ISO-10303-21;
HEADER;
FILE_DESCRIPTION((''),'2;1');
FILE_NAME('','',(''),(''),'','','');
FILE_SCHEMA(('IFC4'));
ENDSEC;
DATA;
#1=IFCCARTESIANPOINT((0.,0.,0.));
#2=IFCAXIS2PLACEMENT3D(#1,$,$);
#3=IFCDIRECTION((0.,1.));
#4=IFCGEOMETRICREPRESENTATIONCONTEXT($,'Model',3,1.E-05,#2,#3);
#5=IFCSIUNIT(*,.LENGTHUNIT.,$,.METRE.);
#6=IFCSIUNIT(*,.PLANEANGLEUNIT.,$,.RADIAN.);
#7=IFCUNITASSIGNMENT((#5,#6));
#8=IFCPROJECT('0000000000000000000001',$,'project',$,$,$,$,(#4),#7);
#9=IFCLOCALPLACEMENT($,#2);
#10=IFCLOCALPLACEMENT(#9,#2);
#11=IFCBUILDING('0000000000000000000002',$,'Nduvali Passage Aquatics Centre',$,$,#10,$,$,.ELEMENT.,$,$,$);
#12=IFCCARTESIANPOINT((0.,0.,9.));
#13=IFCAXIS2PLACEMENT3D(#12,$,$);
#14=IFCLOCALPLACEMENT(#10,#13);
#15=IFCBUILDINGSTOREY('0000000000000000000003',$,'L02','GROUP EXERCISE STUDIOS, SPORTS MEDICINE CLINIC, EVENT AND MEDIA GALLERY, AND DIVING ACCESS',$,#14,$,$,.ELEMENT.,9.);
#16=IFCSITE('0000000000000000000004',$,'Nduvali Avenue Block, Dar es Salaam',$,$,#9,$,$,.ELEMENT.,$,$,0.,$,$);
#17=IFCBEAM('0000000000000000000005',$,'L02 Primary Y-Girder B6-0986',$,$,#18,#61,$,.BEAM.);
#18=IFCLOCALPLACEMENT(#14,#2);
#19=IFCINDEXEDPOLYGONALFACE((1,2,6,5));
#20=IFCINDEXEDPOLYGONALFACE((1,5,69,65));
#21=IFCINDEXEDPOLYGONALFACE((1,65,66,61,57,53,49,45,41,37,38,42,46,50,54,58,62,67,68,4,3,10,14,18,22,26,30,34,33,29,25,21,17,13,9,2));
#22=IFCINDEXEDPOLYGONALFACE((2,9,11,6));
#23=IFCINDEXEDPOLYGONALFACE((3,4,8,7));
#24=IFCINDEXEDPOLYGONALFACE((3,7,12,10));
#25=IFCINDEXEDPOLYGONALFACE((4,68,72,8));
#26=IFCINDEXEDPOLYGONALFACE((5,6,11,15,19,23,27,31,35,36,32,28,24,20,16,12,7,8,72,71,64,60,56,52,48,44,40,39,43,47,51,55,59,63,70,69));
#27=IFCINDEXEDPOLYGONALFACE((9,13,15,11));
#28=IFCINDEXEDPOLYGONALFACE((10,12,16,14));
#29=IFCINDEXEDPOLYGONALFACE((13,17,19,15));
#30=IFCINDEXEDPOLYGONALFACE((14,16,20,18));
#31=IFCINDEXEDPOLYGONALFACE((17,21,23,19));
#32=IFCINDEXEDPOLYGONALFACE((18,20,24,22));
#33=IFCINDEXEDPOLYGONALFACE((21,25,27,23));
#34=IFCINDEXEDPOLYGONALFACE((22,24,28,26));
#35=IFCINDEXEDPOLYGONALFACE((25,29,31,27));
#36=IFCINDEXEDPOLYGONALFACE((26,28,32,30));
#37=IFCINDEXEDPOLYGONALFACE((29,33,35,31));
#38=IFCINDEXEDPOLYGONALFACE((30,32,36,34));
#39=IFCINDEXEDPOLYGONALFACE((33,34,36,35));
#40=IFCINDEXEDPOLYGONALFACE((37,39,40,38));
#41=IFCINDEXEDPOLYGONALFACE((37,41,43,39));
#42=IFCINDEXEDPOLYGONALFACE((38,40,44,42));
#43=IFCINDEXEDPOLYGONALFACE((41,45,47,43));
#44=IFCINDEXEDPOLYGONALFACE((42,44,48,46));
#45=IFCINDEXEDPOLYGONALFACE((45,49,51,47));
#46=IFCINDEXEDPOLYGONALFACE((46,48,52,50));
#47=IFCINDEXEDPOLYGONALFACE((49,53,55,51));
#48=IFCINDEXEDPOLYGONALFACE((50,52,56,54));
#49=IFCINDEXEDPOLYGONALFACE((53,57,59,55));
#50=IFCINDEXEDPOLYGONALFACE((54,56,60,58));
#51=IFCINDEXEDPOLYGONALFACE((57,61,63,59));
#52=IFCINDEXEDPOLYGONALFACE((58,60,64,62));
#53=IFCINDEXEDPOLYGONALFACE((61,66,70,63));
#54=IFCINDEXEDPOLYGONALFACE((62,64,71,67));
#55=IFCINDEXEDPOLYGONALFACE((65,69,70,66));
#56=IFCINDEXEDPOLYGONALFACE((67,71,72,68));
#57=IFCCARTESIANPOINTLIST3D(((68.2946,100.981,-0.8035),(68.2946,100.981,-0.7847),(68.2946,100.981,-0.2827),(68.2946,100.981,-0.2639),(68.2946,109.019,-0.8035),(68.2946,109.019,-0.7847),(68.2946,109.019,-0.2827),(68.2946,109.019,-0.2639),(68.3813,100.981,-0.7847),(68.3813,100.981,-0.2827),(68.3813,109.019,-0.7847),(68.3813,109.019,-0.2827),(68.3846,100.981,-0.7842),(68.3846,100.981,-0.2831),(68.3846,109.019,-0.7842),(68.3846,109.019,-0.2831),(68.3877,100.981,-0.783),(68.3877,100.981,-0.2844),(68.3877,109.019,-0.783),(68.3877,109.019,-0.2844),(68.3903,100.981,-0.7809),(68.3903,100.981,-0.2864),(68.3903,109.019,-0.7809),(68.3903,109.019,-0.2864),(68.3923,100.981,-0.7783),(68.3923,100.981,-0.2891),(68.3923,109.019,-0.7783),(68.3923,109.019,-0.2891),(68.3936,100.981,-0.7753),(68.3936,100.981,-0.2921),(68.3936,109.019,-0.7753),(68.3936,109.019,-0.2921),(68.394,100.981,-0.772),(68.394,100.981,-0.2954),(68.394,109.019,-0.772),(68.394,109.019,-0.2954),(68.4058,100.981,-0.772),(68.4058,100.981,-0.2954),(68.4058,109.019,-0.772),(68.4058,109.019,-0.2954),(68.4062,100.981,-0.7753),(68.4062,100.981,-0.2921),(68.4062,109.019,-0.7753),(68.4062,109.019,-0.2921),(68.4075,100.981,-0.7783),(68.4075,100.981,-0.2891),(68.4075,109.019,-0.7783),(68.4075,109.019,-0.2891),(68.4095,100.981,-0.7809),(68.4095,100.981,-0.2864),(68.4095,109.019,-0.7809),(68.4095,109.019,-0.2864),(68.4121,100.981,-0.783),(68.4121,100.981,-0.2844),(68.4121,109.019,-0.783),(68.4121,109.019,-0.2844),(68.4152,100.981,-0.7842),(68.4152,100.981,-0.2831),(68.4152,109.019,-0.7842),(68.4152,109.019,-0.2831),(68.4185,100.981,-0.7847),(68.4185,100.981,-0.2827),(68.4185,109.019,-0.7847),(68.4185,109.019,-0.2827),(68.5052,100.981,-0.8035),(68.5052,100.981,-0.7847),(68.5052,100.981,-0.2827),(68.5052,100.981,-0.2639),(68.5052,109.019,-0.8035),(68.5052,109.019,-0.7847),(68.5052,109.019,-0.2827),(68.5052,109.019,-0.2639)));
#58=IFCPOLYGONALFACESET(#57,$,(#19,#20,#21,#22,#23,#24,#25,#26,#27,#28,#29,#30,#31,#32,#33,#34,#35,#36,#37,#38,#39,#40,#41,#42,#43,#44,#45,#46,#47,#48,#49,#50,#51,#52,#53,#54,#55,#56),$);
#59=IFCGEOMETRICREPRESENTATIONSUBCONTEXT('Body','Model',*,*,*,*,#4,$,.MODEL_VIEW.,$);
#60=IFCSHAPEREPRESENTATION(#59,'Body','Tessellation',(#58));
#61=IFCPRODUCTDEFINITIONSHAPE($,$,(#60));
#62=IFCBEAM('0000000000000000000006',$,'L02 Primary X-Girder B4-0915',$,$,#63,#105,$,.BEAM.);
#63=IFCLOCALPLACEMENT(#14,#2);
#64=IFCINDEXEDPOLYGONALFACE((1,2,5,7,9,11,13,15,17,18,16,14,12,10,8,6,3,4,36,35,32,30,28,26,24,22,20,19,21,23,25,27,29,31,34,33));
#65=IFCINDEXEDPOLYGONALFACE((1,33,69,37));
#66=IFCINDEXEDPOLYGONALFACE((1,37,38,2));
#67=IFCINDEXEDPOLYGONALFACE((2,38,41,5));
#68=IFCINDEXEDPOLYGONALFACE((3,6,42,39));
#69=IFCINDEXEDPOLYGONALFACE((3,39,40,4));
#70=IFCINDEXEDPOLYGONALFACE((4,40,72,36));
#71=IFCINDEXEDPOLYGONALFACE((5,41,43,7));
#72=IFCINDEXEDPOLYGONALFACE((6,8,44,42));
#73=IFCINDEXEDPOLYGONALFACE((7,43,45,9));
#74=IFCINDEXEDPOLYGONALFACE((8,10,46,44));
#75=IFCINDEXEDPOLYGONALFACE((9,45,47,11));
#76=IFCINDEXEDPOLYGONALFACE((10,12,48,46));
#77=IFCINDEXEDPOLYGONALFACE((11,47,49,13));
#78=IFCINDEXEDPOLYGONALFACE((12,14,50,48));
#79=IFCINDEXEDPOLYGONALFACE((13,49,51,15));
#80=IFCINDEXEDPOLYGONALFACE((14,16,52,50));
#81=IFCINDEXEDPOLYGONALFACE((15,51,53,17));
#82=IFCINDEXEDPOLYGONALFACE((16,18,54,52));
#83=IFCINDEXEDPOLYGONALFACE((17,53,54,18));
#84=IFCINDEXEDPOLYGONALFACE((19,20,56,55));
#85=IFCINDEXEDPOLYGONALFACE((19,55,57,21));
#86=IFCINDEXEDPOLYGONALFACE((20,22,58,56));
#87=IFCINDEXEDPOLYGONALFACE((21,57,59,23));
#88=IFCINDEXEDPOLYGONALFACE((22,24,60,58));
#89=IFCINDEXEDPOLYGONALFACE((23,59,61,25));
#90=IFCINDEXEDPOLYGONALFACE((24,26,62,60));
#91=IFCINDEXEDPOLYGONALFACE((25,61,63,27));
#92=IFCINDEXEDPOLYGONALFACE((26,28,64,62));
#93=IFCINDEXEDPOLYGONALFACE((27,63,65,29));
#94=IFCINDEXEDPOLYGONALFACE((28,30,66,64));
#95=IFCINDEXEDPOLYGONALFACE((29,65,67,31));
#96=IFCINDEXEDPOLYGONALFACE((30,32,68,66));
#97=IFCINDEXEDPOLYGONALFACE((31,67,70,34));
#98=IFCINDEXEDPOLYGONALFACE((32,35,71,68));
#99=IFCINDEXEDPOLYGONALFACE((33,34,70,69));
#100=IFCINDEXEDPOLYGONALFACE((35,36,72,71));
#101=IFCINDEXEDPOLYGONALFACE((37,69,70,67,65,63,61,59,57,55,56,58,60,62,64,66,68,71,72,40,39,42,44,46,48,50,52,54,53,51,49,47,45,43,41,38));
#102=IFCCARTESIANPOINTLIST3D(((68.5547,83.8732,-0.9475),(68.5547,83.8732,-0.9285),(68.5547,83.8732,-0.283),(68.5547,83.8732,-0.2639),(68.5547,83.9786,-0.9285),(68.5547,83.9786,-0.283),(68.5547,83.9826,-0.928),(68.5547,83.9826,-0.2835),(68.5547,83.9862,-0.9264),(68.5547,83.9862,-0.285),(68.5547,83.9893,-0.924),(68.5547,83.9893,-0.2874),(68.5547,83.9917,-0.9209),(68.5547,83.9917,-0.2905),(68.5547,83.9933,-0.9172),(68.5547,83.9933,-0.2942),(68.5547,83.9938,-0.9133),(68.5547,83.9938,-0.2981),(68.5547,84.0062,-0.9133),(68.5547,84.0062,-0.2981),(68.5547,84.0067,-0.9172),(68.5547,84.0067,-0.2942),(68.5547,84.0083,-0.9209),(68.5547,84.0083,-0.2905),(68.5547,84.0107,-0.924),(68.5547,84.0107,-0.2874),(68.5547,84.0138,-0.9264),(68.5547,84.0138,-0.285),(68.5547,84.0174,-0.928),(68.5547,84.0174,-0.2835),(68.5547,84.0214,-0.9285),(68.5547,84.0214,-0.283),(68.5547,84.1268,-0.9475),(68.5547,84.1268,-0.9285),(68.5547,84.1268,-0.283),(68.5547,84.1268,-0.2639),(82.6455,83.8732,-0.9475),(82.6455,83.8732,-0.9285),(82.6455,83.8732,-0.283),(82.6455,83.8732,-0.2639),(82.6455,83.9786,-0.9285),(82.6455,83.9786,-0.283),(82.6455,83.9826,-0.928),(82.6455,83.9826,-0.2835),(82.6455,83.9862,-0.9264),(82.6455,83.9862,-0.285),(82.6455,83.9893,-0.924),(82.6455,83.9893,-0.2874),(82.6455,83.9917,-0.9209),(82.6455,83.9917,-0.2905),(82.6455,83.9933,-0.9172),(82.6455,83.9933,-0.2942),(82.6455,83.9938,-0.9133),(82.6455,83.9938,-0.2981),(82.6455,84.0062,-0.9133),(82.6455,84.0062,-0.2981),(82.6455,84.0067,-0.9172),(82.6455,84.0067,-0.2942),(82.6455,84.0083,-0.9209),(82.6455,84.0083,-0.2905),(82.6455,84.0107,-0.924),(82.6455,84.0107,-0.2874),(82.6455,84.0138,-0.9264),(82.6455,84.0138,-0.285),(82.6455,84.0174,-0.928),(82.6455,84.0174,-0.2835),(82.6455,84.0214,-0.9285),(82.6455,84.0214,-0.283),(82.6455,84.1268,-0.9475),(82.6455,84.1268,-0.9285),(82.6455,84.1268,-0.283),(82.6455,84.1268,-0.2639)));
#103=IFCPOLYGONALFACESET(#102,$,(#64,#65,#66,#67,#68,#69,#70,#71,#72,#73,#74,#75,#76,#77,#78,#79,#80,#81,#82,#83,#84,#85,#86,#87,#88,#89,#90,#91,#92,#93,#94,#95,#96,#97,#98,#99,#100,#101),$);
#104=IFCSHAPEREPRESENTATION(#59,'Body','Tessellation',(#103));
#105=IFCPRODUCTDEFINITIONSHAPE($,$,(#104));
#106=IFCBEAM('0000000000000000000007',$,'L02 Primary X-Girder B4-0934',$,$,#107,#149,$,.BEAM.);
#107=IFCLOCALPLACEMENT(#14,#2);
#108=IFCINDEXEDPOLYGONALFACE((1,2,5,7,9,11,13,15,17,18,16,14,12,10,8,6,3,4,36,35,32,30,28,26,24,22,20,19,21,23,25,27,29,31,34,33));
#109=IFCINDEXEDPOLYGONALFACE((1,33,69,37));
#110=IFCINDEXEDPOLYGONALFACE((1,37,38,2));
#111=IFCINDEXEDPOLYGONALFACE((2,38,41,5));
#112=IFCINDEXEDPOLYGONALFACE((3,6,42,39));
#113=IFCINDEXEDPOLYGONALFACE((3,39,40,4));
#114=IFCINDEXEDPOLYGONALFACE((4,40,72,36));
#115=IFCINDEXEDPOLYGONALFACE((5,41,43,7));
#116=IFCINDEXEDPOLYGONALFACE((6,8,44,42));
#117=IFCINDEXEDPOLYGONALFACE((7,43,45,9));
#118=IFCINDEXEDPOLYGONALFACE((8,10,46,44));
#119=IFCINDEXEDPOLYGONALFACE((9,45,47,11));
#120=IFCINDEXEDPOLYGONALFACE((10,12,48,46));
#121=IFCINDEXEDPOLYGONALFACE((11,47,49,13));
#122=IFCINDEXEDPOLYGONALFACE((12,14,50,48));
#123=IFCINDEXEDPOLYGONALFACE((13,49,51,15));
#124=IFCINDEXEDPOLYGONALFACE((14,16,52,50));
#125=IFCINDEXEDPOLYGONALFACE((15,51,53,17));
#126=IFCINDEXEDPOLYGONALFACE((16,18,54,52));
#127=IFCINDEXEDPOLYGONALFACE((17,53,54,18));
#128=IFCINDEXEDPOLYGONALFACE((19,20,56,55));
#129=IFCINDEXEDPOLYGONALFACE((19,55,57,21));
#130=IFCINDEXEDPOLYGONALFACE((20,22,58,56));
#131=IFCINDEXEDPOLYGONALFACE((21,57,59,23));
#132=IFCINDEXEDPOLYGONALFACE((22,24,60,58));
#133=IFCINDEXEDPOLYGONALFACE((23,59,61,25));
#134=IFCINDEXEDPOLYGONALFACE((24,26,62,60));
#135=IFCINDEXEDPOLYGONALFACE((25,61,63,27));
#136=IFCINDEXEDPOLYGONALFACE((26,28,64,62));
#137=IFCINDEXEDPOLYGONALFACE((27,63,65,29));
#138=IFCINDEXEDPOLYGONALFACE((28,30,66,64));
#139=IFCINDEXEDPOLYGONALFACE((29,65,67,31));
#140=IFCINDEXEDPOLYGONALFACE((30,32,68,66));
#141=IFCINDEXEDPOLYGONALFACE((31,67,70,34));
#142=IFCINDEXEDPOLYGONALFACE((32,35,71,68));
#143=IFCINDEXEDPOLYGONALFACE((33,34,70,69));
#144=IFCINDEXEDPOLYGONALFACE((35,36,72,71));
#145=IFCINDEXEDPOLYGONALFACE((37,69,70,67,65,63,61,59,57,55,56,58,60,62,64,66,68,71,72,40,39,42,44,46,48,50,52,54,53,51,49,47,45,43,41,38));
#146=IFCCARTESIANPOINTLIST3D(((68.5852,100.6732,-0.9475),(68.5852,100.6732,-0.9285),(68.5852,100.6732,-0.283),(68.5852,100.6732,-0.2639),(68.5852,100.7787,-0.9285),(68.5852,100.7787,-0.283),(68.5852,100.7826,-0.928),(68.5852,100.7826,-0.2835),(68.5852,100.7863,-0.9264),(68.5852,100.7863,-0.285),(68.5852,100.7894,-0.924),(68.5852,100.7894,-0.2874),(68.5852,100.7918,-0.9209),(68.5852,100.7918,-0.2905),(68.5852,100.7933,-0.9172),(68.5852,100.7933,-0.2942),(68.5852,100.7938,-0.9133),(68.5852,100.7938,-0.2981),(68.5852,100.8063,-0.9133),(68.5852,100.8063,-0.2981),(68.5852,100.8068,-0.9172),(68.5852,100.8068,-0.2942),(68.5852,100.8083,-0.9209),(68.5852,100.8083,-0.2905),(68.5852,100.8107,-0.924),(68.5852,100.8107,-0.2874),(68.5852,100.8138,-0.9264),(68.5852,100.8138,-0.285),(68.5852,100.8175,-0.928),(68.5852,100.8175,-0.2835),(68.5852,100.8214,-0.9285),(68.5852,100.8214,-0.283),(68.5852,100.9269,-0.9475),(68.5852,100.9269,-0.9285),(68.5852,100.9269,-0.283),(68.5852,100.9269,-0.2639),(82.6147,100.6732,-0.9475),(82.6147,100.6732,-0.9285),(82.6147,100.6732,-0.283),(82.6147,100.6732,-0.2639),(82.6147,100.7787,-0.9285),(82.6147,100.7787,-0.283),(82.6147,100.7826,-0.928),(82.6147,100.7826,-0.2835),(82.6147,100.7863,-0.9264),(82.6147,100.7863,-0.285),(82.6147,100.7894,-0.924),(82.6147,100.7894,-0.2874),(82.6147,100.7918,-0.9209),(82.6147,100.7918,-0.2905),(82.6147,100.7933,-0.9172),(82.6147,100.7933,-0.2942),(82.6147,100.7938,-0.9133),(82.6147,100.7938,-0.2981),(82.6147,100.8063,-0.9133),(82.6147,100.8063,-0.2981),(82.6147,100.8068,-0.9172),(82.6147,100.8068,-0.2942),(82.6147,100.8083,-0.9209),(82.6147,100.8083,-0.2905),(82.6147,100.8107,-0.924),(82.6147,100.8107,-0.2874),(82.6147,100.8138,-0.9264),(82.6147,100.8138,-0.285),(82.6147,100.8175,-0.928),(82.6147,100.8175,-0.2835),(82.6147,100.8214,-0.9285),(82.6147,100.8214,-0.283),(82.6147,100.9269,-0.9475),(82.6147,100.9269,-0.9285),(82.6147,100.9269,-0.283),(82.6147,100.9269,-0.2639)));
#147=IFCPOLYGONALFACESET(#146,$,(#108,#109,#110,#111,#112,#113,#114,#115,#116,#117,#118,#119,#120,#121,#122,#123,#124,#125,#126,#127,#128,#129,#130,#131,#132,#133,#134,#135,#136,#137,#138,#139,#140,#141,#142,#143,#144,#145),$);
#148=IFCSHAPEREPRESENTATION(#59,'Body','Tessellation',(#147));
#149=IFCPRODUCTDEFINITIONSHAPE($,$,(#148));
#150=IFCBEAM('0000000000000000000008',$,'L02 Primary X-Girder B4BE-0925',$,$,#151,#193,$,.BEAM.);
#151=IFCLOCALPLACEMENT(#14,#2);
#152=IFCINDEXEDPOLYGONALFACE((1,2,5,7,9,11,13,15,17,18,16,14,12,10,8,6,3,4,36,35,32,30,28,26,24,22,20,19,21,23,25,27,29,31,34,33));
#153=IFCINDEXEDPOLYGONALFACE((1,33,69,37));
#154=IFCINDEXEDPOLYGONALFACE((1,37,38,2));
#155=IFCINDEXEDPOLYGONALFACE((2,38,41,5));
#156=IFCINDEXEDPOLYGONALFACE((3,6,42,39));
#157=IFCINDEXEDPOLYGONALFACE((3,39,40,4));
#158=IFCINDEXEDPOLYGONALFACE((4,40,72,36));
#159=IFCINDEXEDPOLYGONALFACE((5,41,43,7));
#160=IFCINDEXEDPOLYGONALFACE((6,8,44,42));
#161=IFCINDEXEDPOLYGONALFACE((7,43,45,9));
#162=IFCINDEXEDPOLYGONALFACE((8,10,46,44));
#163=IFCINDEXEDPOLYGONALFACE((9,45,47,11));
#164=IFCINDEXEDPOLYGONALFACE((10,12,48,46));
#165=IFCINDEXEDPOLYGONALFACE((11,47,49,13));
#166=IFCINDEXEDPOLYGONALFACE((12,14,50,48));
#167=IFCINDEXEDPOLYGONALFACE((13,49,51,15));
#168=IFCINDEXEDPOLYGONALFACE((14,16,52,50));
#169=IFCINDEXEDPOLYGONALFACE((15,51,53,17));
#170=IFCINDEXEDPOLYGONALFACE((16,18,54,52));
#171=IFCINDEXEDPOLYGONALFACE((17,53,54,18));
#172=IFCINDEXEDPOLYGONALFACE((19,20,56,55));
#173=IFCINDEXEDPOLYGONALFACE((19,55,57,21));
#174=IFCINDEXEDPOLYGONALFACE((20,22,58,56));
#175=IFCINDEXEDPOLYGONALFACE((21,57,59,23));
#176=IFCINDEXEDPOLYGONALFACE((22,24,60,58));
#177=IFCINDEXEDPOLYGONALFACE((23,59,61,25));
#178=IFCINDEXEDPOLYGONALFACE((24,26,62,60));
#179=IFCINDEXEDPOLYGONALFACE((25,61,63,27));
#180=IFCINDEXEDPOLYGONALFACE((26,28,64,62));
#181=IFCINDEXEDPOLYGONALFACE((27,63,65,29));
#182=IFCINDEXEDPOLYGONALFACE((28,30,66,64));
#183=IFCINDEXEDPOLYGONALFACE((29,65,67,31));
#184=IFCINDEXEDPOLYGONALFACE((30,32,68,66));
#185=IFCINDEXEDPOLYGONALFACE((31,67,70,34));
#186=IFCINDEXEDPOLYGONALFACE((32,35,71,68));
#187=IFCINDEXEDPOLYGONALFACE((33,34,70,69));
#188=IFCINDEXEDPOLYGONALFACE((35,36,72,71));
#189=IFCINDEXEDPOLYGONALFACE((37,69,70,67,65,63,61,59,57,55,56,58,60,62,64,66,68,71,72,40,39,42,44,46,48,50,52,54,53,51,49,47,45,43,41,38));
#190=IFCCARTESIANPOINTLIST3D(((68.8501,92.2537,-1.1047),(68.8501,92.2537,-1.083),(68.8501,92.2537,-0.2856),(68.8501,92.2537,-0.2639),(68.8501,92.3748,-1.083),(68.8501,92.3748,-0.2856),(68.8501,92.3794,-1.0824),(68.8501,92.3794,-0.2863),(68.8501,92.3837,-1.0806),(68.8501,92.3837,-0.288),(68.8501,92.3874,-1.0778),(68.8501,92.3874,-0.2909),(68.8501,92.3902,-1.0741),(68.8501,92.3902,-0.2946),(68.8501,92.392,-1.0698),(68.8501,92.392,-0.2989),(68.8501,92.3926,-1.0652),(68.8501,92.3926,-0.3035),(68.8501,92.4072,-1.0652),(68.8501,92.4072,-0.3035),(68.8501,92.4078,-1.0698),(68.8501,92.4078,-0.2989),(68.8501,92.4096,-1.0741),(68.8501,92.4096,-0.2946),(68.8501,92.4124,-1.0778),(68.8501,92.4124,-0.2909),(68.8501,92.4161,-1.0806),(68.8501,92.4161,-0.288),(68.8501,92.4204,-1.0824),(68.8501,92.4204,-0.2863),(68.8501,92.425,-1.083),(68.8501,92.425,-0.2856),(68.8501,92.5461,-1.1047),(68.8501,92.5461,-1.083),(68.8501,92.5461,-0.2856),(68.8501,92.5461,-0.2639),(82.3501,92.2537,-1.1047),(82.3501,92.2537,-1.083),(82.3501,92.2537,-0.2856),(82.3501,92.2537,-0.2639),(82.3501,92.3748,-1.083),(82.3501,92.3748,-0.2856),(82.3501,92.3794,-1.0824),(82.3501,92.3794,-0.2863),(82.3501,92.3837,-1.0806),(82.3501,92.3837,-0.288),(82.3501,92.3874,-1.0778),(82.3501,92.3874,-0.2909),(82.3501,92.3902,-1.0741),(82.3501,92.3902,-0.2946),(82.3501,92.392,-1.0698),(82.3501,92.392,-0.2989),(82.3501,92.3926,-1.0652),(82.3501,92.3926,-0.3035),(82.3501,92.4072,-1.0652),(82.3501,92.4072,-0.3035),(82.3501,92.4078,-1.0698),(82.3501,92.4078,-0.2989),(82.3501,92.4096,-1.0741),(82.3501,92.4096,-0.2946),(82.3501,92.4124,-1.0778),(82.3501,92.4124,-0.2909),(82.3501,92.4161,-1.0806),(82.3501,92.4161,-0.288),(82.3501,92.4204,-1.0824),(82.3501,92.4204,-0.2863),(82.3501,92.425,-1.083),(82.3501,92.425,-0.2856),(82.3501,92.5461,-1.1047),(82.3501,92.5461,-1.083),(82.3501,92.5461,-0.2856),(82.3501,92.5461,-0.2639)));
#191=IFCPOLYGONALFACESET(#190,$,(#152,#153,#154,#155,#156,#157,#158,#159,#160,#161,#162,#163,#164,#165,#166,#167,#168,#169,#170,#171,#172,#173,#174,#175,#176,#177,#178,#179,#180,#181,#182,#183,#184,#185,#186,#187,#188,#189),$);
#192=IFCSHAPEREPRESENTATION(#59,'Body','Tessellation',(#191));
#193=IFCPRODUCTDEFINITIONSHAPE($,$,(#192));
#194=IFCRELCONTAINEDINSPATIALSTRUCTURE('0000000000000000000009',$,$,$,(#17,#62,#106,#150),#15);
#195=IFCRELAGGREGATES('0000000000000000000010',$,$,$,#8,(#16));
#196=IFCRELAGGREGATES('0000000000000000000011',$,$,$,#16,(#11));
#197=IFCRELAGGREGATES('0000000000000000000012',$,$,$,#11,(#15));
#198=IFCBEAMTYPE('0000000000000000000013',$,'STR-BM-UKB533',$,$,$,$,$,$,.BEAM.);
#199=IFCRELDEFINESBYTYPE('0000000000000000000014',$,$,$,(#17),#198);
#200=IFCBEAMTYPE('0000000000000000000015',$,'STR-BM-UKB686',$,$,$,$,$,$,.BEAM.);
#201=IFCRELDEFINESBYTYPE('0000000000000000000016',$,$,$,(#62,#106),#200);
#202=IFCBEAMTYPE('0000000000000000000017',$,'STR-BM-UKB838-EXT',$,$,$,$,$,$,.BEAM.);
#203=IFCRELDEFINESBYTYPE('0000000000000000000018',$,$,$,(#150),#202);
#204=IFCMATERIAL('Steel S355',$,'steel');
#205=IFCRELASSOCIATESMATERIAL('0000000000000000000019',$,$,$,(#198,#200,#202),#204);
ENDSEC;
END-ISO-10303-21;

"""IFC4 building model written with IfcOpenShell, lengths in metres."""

from ifc_helpers import new_model, si_unit, direction, frame, origin, origin_2d, place, context, subcontext, project, spatial, i_section, extrude, material, material_profile, profile_set, type_object, element, save


model = new_model("IFC4")

# Units and contexts
model_context = context("Model", 3, precision=1e-05, world=origin(), true_north=direction((0.0, 1.0)))
body_context = subcontext(model_context, "Body", "Model", "MODEL_VIEW")
ifc_project = project(units=[si_unit("LENGTHUNIT", "METRE"), si_unit("PLANEANGLEUNIT", "RADIAN")], contexts=[model_context])

# Site, building, storey
site_placement = place(None, origin())
site = spatial("IfcSite", under=ifc_project, at=site_placement, Name="Nduvali Avenue Block, Dar es Salaam", CompositionType="ELEMENT", RefElevation=0.0)
building_placement = place(site_placement, origin())
building = spatial("IfcBuilding", under=site, at=building_placement, Name="Nduvali Passage Aquatics Centre", CompositionType="ELEMENT")
storey_placement = place(building_placement, frame((0.0, 0.0, 9.0)))
storey = spatial("IfcBuildingStorey", under=building, at=storey_placement, Name="L02", Description="GROUP EXERCISE STUDIOS, SPORTS MEDICINE CLINIC, EVENT AND MEDIA GALLERY, AND DIVING ACCESS", CompositionType="ELEMENT", Elevation=9.0)

# Shared definitions
ifc_material_1 = material(Name="Steel S355", Category="steel")

# Beams
ifc_material_profile_1 = material_profile(ifc_material_1, i_section(OverallWidth=0.2107, OverallDepth=0.5396, WebThickness=0.0117, FlangeThickness=0.0188, FilletRadius=0.0127, at=origin_2d()), Name="UKB 533x210x109")
ifc_profile_set_1 = profile_set([ifc_material_profile_1], Name="Steel S355")
beam_type_1 = type_object("IfcBeamType", Name="STR-BM-UKB533", PredefinedType="BEAM", material=ifc_profile_set_1)
beam_1_placement = place(storey_placement, frame((68.3999, 100.981, -0.5337), z_axis=(0.0, 1.0, 0.0), x_axis=(-1.0, 0.0, 0.0)))
element("IfcBeam", 1, at=beam_1_placement, inside=storey, type_object=beam_type_1, Name="L02 Primary Y-Girder B6-0986", PredefinedType="BEAM", context=body_context, shape_type="SweptSolid", body=[
    extrude(i_section(OverallWidth=0.2107, OverallDepth=0.5396, WebThickness=0.0117, FlangeThickness=0.0188, FilletRadius=0.0127, at=origin_2d()), origin(), (0.0, 0.0, 1.0), 8.0381),
])
ifc_material_profile_2 = material_profile(ifc_material_1, i_section(OverallWidth=0.2537, OverallDepth=0.6836, WebThickness=0.0125, FlangeThickness=0.019, FilletRadius=0.0151, at=origin_2d()), Name="UKB 686x254x140")
ifc_profile_set_2 = profile_set([ifc_material_profile_2], Name="Steel S355")
beam_type_2 = type_object("IfcBeamType", Name="STR-BM-UKB686", PredefinedType="BEAM", material=ifc_profile_set_2)
beam_2_placement = place(storey_placement, frame((68.5547, 84.0, -0.6057), z_axis=(1.0, 0.0, 0.0), x_axis=(0.0, 1.0, 0.0)))
element("IfcBeam", 2, at=beam_2_placement, inside=storey, type_object=beam_type_2, Name="L02 Primary X-Girder B4-0915", PredefinedType="BEAM", context=body_context, shape_type="SweptSolid", body=[
    extrude(i_section(OverallWidth=0.2537, OverallDepth=0.6836, WebThickness=0.0125, FlangeThickness=0.019, FilletRadius=0.0151, at=origin_2d()), origin(), (0.0, 0.0, 1.0), 14.0908),
])
beam_3_placement = place(storey_placement, frame((68.5852, 100.8, -0.6057), z_axis=(1.0, 0.0, 0.0), x_axis=(0.0, 1.0, 0.0)))
element("IfcBeam", 3, at=beam_3_placement, inside=storey, type_object=beam_type_2, Name="L02 Primary X-Girder B4-0934", PredefinedType="BEAM", context=body_context, shape_type="SweptSolid", body=[
    extrude(i_section(OverallWidth=0.2537, OverallDepth=0.6836, WebThickness=0.0125, FlangeThickness=0.019, FilletRadius=0.0151, at=origin_2d()), origin(), (0.0, 0.0, 1.0), 14.0295),
])
ifc_material_profile_3 = material_profile(ifc_material_1, i_section(OverallWidth=0.2925, OverallDepth=0.8408, WebThickness=0.0146, FlangeThickness=0.0217, FilletRadius=0.0178, at=origin_2d()), Name="UKB 838x292x194")
ifc_profile_set_3 = profile_set([ifc_material_profile_3], Name="Steel S355")
beam_type_3 = type_object("IfcBeamType", Name="STR-BM-UKB838-EXT", PredefinedType="BEAM", material=ifc_profile_set_3)
beam_4_placement = place(storey_placement, frame((68.8501, 92.3999, -0.6843), z_axis=(1.0, 0.0, 0.0), x_axis=(0.0, 1.0, 0.0)))
element("IfcBeam", 4, at=beam_4_placement, inside=storey, type_object=beam_type_3, Name="L02 Primary X-Girder B4BE-0925", PredefinedType="BEAM", context=body_context, shape_type="SweptSolid", body=[
    extrude(i_section(OverallWidth=0.2925, OverallDepth=0.8408, WebThickness=0.0146, FlangeThickness=0.0217, FilletRadius=0.0178, at=origin_2d()), origin(), (0.0, 0.0, 1.0), 13.5),
])

save(model, "model.ifc")
